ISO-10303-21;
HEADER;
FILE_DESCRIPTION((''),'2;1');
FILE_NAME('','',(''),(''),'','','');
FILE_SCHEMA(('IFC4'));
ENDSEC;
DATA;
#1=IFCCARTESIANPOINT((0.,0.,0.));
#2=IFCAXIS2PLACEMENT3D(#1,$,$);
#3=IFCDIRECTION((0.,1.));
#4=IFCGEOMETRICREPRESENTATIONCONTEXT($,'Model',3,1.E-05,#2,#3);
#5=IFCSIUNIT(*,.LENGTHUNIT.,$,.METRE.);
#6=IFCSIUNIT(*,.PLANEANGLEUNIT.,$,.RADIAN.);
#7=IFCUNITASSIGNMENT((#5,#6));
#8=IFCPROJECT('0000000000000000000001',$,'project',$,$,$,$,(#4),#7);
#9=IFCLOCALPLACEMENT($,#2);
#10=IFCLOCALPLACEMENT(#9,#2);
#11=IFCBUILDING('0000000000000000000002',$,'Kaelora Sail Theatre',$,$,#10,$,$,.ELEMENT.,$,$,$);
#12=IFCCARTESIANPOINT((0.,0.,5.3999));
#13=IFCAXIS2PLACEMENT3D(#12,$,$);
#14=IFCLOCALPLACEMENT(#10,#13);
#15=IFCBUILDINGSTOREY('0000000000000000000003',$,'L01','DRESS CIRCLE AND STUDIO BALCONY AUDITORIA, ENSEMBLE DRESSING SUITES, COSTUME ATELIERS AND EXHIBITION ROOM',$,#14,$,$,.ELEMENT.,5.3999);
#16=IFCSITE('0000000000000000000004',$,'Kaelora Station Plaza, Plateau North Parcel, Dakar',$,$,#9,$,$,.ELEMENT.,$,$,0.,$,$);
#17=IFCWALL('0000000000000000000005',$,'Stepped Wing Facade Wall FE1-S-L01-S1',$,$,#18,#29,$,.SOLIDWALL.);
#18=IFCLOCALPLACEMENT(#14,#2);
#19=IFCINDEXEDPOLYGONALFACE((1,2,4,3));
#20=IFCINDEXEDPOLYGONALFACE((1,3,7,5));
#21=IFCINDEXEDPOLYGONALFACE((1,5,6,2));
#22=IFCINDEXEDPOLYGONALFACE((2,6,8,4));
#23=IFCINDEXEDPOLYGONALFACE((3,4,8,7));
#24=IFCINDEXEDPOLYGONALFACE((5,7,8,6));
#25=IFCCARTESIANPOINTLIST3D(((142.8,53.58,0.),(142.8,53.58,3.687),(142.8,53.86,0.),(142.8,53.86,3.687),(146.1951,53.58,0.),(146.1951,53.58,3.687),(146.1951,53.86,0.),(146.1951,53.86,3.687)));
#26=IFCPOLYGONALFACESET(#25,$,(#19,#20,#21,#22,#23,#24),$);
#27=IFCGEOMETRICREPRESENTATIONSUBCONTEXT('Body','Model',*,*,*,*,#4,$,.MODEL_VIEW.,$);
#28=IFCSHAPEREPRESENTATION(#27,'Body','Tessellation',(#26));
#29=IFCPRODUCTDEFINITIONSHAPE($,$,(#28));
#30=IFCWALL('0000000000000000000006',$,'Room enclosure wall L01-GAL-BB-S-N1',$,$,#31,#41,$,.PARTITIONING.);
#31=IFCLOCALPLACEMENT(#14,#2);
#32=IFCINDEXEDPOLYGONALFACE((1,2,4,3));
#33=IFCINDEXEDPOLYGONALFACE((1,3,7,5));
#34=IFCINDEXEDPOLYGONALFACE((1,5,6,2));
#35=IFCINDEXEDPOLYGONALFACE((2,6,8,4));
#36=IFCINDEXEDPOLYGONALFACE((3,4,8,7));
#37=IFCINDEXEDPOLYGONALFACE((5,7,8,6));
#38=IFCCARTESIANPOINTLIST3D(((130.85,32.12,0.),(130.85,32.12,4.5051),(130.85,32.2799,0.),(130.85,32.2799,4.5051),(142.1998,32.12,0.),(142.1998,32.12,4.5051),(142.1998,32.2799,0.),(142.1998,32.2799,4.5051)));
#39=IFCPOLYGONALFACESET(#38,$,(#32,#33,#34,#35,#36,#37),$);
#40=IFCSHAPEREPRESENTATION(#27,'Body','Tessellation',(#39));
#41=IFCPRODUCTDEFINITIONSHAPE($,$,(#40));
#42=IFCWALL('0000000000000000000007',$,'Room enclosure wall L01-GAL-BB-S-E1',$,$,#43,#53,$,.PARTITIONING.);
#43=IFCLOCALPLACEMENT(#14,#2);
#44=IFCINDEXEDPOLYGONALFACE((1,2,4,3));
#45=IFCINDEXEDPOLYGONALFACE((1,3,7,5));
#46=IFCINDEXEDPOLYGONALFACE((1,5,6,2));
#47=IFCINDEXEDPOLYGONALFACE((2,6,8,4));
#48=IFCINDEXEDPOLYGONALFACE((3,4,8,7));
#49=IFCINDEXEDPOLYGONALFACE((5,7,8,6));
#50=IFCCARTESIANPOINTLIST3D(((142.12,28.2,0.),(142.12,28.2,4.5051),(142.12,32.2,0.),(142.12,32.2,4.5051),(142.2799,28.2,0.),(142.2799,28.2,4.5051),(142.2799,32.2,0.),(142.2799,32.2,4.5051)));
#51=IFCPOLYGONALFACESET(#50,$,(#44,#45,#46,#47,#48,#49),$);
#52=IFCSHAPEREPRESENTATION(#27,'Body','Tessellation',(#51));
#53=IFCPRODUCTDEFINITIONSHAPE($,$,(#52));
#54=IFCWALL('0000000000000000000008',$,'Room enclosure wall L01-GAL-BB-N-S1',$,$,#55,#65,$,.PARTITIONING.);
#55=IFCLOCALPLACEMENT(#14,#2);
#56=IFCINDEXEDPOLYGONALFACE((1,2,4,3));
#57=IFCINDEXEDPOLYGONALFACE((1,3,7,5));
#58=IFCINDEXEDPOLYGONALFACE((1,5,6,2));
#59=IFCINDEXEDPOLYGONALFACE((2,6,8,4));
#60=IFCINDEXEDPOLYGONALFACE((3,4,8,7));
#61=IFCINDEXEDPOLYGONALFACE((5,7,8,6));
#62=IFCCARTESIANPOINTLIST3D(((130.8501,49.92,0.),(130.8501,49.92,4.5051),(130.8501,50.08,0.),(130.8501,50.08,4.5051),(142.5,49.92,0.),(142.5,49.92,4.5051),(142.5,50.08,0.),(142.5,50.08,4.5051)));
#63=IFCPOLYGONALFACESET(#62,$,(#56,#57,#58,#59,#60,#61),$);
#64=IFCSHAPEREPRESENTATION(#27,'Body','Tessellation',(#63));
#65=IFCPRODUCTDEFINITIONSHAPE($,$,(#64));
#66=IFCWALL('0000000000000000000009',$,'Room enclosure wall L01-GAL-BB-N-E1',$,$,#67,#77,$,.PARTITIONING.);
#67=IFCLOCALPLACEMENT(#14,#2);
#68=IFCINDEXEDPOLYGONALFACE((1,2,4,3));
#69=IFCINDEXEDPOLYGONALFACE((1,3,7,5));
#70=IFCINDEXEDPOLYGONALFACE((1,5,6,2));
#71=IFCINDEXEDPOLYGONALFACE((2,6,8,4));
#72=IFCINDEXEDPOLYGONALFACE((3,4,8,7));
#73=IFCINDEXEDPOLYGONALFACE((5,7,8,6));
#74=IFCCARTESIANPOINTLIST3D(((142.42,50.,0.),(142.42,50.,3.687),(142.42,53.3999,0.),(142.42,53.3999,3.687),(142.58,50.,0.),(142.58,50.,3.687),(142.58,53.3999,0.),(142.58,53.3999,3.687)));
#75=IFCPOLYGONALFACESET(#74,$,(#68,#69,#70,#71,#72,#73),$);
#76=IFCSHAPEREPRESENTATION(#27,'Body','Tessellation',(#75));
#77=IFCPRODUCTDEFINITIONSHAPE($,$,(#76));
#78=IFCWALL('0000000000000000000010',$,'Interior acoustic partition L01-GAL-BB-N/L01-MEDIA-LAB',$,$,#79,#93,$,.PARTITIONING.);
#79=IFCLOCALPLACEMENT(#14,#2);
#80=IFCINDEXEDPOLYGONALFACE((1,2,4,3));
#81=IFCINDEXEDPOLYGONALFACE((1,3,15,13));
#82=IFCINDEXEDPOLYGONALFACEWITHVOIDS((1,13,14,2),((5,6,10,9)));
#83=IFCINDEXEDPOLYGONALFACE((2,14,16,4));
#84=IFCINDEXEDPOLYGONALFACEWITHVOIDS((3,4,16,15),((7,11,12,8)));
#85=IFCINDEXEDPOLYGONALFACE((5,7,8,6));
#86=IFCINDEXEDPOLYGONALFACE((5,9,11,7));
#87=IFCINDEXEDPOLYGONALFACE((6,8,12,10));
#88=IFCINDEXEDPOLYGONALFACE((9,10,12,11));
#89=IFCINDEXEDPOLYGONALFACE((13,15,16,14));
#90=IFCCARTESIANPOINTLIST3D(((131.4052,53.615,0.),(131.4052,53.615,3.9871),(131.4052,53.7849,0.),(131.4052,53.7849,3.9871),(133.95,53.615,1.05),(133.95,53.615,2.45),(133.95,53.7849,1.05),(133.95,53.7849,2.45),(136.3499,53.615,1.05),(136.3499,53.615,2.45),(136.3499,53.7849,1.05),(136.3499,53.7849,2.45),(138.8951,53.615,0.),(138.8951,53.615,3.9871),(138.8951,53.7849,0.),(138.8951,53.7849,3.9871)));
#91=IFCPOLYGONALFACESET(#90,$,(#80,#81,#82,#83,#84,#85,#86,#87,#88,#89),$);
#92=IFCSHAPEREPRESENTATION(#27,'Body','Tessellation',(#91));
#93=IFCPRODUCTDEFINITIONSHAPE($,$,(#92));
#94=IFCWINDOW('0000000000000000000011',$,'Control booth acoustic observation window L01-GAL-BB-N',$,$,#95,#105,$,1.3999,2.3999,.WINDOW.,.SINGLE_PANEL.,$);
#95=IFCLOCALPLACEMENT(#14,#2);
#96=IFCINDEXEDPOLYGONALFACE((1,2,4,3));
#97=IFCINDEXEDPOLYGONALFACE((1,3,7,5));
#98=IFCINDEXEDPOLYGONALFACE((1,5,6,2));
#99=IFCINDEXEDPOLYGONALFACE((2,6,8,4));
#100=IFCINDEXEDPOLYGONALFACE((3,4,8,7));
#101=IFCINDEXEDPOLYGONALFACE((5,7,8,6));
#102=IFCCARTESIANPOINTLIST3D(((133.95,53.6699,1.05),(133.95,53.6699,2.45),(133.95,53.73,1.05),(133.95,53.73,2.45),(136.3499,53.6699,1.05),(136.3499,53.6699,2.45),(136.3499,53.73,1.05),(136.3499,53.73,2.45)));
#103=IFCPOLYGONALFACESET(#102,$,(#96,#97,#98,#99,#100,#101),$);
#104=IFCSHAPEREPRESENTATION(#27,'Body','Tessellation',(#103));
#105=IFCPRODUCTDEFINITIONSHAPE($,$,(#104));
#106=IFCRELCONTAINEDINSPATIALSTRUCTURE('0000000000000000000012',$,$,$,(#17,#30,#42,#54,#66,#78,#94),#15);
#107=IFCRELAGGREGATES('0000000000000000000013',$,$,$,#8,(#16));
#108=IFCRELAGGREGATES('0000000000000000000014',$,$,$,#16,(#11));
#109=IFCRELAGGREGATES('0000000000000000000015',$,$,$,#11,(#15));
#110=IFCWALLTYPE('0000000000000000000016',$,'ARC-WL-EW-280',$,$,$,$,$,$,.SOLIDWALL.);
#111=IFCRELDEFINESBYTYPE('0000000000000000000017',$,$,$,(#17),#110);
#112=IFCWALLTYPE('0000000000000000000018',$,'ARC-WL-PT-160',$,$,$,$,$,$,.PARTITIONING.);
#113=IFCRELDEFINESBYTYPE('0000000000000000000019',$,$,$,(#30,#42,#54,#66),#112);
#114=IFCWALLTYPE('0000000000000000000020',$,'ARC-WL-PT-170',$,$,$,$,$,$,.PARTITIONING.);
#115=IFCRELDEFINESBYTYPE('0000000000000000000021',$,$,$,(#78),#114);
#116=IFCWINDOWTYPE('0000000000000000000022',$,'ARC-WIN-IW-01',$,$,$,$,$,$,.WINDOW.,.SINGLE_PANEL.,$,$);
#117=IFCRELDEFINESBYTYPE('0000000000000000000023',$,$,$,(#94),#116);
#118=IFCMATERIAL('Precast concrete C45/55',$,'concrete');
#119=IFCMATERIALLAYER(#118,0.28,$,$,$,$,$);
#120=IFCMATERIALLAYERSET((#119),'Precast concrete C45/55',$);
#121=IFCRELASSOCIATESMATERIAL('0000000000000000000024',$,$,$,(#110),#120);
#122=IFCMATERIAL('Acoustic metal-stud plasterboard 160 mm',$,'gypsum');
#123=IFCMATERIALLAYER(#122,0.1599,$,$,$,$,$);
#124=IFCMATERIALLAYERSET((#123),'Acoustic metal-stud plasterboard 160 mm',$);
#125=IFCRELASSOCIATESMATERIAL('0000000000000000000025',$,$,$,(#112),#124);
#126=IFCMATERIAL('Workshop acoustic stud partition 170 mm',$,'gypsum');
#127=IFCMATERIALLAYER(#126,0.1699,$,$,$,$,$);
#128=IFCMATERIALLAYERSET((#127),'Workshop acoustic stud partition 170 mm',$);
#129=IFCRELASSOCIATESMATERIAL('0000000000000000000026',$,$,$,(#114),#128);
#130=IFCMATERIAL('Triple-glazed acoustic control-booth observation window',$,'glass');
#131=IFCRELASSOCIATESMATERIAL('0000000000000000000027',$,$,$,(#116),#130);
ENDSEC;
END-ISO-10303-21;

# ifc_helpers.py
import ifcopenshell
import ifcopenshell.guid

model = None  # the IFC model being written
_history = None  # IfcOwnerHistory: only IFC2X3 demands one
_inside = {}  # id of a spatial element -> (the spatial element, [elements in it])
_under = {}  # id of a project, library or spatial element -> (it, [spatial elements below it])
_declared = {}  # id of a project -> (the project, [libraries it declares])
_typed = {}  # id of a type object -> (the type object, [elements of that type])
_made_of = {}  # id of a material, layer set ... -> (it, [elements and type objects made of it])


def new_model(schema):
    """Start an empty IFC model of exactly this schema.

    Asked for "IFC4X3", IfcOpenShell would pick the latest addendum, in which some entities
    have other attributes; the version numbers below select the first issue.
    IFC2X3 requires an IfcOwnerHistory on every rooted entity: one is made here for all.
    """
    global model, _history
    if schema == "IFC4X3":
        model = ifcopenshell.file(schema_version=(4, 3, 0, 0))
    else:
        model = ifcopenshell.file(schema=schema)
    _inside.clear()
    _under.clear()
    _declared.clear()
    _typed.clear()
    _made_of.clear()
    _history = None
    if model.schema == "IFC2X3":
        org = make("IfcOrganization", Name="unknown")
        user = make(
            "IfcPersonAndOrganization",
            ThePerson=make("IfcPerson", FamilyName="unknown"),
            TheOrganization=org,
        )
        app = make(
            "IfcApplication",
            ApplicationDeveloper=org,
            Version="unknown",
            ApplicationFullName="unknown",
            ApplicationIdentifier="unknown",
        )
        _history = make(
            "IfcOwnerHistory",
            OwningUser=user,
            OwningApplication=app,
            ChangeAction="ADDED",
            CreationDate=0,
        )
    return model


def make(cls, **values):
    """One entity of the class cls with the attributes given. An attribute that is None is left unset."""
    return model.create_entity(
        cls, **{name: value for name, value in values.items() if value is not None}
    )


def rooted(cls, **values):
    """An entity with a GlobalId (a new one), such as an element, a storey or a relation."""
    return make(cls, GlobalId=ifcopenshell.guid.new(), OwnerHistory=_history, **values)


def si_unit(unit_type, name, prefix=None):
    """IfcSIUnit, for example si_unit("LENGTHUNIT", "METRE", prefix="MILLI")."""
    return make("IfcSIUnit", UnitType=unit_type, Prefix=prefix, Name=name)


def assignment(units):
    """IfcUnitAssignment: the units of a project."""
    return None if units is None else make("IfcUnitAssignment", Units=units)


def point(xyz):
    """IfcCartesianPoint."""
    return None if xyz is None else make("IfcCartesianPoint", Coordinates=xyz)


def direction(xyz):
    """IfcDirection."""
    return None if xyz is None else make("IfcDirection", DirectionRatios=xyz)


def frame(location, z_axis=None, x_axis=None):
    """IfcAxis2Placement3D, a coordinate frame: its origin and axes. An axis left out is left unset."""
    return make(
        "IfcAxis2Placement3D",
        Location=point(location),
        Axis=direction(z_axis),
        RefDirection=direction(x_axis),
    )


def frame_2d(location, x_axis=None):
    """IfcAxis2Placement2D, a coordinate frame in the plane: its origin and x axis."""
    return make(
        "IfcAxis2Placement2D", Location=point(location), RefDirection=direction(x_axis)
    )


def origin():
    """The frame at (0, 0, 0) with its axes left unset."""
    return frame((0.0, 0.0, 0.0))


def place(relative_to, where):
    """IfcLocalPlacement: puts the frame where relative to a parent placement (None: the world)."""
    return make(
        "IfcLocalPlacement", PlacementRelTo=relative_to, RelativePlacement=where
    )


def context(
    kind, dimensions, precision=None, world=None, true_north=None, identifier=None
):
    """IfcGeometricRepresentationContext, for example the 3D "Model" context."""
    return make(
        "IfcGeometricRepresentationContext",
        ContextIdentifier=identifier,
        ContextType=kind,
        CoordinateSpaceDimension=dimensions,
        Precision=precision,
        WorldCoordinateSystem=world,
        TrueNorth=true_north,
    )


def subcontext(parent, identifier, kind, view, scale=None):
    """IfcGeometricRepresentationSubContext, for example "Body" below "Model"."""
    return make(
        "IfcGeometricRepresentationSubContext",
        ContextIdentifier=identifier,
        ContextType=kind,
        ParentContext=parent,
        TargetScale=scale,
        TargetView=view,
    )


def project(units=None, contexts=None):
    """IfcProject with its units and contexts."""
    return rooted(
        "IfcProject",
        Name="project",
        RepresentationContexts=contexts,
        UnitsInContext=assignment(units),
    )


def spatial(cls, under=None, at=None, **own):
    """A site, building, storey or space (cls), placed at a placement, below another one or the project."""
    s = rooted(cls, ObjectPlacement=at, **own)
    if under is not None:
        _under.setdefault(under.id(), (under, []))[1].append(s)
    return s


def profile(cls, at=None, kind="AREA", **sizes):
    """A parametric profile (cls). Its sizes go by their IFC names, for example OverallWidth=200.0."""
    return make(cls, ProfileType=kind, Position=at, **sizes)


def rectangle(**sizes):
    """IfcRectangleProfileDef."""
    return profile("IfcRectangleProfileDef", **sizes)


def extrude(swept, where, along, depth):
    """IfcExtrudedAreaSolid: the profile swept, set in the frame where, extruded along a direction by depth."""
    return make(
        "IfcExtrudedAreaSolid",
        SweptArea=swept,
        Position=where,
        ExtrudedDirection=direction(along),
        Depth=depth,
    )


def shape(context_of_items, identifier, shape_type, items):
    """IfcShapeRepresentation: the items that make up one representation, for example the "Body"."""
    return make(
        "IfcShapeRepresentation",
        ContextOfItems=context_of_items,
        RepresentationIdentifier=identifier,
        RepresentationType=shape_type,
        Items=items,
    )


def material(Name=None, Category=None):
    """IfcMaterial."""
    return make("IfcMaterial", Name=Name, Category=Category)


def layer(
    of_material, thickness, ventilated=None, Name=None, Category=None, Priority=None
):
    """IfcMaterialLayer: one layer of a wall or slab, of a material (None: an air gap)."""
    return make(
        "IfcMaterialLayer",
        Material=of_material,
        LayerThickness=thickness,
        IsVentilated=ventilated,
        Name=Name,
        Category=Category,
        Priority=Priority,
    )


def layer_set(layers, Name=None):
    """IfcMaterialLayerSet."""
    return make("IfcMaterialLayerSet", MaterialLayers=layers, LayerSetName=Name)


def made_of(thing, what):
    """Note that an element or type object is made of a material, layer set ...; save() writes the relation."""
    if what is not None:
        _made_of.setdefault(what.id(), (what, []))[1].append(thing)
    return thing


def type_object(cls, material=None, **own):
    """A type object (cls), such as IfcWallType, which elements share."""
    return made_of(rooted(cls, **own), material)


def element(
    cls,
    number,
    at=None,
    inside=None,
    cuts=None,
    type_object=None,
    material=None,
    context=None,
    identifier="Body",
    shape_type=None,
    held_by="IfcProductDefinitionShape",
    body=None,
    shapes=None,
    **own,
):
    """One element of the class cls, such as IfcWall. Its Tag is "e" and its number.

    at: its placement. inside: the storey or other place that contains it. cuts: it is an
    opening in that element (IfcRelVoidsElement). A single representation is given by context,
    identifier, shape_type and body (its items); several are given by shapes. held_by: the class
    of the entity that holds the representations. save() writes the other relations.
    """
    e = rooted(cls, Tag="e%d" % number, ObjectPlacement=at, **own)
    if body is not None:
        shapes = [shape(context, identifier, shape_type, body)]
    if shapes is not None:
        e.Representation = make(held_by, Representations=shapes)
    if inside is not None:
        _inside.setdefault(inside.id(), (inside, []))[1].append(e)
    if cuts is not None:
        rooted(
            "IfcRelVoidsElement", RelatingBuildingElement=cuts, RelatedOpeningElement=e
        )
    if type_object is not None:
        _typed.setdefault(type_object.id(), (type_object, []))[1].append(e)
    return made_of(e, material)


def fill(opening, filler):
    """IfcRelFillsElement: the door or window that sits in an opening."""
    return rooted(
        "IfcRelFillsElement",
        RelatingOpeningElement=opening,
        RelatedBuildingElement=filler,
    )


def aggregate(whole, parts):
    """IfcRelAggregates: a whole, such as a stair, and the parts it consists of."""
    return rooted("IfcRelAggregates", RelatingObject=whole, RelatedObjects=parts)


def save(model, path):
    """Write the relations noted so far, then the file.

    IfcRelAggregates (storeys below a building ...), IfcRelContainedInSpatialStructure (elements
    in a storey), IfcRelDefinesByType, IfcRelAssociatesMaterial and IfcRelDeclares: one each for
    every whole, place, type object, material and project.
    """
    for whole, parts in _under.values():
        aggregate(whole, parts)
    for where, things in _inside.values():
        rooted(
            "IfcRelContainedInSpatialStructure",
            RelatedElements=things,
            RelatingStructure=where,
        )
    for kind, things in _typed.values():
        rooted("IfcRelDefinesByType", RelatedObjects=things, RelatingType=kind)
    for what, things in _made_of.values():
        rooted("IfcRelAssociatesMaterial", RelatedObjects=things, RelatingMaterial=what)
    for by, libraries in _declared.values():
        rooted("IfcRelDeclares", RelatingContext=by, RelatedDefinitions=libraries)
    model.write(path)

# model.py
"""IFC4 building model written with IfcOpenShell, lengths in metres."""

from ifc_helpers import new_model, si_unit, direction, frame, frame_2d, origin, place, context, subcontext, project, spatial, rectangle, extrude, material, layer, layer_set, type_object, element, fill, save


model = new_model("IFC4")

# Units and contexts
model_context = context("Model", 3, precision=1e-05, world=origin(), true_north=direction((0.0, 1.0)))
body_context = subcontext(model_context, "Body", "Model", "MODEL_VIEW")
ifc_project = project(units=[si_unit("LENGTHUNIT", "METRE"), si_unit("PLANEANGLEUNIT", "RADIAN")], contexts=[model_context])

# Site, building, storey
site_placement = place(None, origin())
site = spatial("IfcSite", under=ifc_project, at=site_placement, Name="Kaelora Station Plaza, Plateau North Parcel, Dakar", CompositionType="ELEMENT", RefElevation=0.0)
building_placement = place(site_placement, origin())
building = spatial("IfcBuilding", under=site, at=building_placement, Name="Kaelora Sail Theatre", CompositionType="ELEMENT")
storey_placement = place(building_placement, frame((0.0, 0.0, 5.3999)))
storey = spatial("IfcBuildingStorey", under=building, at=storey_placement, Name="L01", Description="DRESS CIRCLE AND STUDIO BALCONY AUDITORIA, ENSEMBLE DRESSING SUITES, COSTUME ATELIERS AND EXHIBITION ROOM", CompositionType="ELEMENT", Elevation=5.3999)

# Walls
ifc_material_1 = material(Name="Precast concrete C45/55", Category="concrete")
ifc_layer_1 = layer(ifc_material_1, 0.28)
ifc_layer_set_1 = layer_set([ifc_layer_1], Name="Precast concrete C45/55")
wall_type_1 = type_object("IfcWallType", Name="ARC-WL-EW-280", PredefinedType="SOLIDWALL", material=ifc_layer_set_1)
wall_1_placement = place(storey_placement, frame((142.8, 53.72, 0.0), z_axis=(0.0, 0.0, 1.0), x_axis=(1.0, 0.0, 0.0)))
element("IfcWall", 1, at=wall_1_placement, inside=storey, type_object=wall_type_1, Name="Stepped Wing Facade Wall FE1-S-L01-S1", PredefinedType="SOLIDWALL", context=body_context, shape_type="SweptSolid", body=[
    extrude(rectangle(XDim=3.395, YDim=0.28, at=frame_2d((1.6975, 0.0))), origin(), (0.0, 0.0, 1.0), 3.687),
])
ifc_material_2 = material(Name="Acoustic metal-stud plasterboard 160 mm", Category="gypsum")
ifc_layer_2 = layer(ifc_material_2, 0.1599)
ifc_layer_set_2 = layer_set([ifc_layer_2], Name="Acoustic metal-stud plasterboard 160 mm")
wall_type_2 = type_object("IfcWallType", Name="ARC-WL-PT-160", PredefinedType="PARTITIONING", material=ifc_layer_set_2)
wall_2_placement = place(storey_placement, frame((130.8501, 32.2, 0.0), z_axis=(0.0, 0.0, 1.0), x_axis=(1.0, 0.0, 0.0)))
element("IfcWall", 2, at=wall_2_placement, inside=storey, type_object=wall_type_2, Name="Room enclosure wall L01-GAL-BB-S-N1", PredefinedType="PARTITIONING", context=body_context, shape_type="SweptSolid", body=[
    extrude(rectangle(XDim=11.3499, YDim=0.1599, at=frame_2d((5.6748, 0.0))), origin(), (0.0, 0.0, 1.0), 4.5051),
])
wall_3_placement = place(storey_placement, frame((142.2, 28.2, 0.0), z_axis=(0.0, 0.0, 1.0), x_axis=(0.0, 1.0, 0.0)))
element("IfcWall", 3, at=wall_3_placement, inside=storey, type_object=wall_type_2, Name="Room enclosure wall L01-GAL-BB-S-E1", PredefinedType="PARTITIONING", context=body_context, shape_type="SweptSolid", body=[
    extrude(rectangle(XDim=4.0, YDim=0.1599, at=frame_2d((2.0, 0.0))), origin(), (0.0, 0.0, 1.0), 4.5051),
])
wall_4_placement = place(storey_placement, frame((130.8501, 50.0, 0.0), z_axis=(0.0, 0.0, 1.0), x_axis=(1.0, 0.0, 0.0)))
element("IfcWall", 4, at=wall_4_placement, inside=storey, type_object=wall_type_2, Name="Room enclosure wall L01-GAL-BB-N-S1", PredefinedType="PARTITIONING", context=body_context, shape_type="SweptSolid", body=[
    extrude(rectangle(XDim=11.6499, YDim=0.1599, at=frame_2d((5.825, 0.0))), origin(), (0.0, 0.0, 1.0), 4.5051),
])
wall_5_placement = place(storey_placement, frame((142.5, 50.0, 0.0), z_axis=(0.0, 0.0, 1.0), x_axis=(0.0, 1.0, 0.0)))
element("IfcWall", 5, at=wall_5_placement, inside=storey, type_object=wall_type_2, Name="Room enclosure wall L01-GAL-BB-N-E1", PredefinedType="PARTITIONING", context=body_context, shape_type="SweptSolid", body=[
    extrude(rectangle(XDim=3.3999, YDim=0.1599, at=frame_2d((1.7, 0.0))), origin(), (0.0, 0.0, 1.0), 3.687),
])

# Wall, opening, window
ifc_material_3 = material(Name="Workshop acoustic stud partition 170 mm", Category="gypsum")
ifc_layer_3 = layer(ifc_material_3, 0.1699)
ifc_layer_set_3 = layer_set([ifc_layer_3], Name="Workshop acoustic stud partition 170 mm")
wall_type_3 = type_object("IfcWallType", Name="ARC-WL-PT-170", PredefinedType="PARTITIONING", material=ifc_layer_set_3)
wall_6_placement = place(storey_placement, frame((131.405, 53.7, 0.0), z_axis=(0.0, 0.0, 1.0), x_axis=(1.0, 0.0, 0.0)))
wall_6 = element("IfcWall", 6, at=wall_6_placement, inside=storey, type_object=wall_type_3, Name="Interior acoustic partition L01-GAL-BB-N/L01-MEDIA-LAB", PredefinedType="PARTITIONING", context=body_context, shape_type="SweptSolid", body=[
    extrude(rectangle(XDim=7.49, YDim=0.1699, at=frame_2d((3.7451, 0.0))), origin(), (0.0, 0.0, 1.0), 3.9871),
])
opening_placement = place(wall_6_placement, frame((2.5449, 0.0, 1.05)))
opening = element("IfcOpeningElement", 7, at=opening_placement, cuts=wall_6, PredefinedType="OPENING", context=body_context, shape_type="SweptSolid", body=[
    extrude(rectangle(XDim=2.3999, YDim=1.3999, at=frame_2d((1.2, 0.7))), frame((0.0, 0.095, 0.0), z_axis=(0.0, -1.0, 0.0), x_axis=(1.0, 0.0, 0.0)), (0.0, 0.0, 1.0), 0.1899),
])
ifc_material_4 = material(Name="Triple-glazed acoustic control-booth observation window", Category="glass")
window_type = type_object("IfcWindowType", Name="ARC-WIN-IW-01", PartitioningType="SINGLE_PANEL", PredefinedType="WINDOW", material=ifc_material_4)
window_placement = place(opening_placement, origin())
window = element("IfcWindow", 8, at=window_placement, inside=storey, type_object=window_type, Name="Control booth acoustic observation window L01-GAL-BB-N", OverallHeight=1.3999, OverallWidth=2.3999, PartitioningType="SINGLE_PANEL", PredefinedType="WINDOW", context=body_context, shape_type="SweptSolid", body=[
    extrude(rectangle(XDim=2.3999, YDim=1.3999, at=frame_2d((1.2, 0.7))), frame((0.0, 0.03, 0.0), z_axis=(0.0, -1.0, 0.0), x_axis=(1.0, 0.0, 0.0)), (0.0, 0.0, 1.0), 0.0601),
])
fill(opening, window)

save(model, "model.ifc")
